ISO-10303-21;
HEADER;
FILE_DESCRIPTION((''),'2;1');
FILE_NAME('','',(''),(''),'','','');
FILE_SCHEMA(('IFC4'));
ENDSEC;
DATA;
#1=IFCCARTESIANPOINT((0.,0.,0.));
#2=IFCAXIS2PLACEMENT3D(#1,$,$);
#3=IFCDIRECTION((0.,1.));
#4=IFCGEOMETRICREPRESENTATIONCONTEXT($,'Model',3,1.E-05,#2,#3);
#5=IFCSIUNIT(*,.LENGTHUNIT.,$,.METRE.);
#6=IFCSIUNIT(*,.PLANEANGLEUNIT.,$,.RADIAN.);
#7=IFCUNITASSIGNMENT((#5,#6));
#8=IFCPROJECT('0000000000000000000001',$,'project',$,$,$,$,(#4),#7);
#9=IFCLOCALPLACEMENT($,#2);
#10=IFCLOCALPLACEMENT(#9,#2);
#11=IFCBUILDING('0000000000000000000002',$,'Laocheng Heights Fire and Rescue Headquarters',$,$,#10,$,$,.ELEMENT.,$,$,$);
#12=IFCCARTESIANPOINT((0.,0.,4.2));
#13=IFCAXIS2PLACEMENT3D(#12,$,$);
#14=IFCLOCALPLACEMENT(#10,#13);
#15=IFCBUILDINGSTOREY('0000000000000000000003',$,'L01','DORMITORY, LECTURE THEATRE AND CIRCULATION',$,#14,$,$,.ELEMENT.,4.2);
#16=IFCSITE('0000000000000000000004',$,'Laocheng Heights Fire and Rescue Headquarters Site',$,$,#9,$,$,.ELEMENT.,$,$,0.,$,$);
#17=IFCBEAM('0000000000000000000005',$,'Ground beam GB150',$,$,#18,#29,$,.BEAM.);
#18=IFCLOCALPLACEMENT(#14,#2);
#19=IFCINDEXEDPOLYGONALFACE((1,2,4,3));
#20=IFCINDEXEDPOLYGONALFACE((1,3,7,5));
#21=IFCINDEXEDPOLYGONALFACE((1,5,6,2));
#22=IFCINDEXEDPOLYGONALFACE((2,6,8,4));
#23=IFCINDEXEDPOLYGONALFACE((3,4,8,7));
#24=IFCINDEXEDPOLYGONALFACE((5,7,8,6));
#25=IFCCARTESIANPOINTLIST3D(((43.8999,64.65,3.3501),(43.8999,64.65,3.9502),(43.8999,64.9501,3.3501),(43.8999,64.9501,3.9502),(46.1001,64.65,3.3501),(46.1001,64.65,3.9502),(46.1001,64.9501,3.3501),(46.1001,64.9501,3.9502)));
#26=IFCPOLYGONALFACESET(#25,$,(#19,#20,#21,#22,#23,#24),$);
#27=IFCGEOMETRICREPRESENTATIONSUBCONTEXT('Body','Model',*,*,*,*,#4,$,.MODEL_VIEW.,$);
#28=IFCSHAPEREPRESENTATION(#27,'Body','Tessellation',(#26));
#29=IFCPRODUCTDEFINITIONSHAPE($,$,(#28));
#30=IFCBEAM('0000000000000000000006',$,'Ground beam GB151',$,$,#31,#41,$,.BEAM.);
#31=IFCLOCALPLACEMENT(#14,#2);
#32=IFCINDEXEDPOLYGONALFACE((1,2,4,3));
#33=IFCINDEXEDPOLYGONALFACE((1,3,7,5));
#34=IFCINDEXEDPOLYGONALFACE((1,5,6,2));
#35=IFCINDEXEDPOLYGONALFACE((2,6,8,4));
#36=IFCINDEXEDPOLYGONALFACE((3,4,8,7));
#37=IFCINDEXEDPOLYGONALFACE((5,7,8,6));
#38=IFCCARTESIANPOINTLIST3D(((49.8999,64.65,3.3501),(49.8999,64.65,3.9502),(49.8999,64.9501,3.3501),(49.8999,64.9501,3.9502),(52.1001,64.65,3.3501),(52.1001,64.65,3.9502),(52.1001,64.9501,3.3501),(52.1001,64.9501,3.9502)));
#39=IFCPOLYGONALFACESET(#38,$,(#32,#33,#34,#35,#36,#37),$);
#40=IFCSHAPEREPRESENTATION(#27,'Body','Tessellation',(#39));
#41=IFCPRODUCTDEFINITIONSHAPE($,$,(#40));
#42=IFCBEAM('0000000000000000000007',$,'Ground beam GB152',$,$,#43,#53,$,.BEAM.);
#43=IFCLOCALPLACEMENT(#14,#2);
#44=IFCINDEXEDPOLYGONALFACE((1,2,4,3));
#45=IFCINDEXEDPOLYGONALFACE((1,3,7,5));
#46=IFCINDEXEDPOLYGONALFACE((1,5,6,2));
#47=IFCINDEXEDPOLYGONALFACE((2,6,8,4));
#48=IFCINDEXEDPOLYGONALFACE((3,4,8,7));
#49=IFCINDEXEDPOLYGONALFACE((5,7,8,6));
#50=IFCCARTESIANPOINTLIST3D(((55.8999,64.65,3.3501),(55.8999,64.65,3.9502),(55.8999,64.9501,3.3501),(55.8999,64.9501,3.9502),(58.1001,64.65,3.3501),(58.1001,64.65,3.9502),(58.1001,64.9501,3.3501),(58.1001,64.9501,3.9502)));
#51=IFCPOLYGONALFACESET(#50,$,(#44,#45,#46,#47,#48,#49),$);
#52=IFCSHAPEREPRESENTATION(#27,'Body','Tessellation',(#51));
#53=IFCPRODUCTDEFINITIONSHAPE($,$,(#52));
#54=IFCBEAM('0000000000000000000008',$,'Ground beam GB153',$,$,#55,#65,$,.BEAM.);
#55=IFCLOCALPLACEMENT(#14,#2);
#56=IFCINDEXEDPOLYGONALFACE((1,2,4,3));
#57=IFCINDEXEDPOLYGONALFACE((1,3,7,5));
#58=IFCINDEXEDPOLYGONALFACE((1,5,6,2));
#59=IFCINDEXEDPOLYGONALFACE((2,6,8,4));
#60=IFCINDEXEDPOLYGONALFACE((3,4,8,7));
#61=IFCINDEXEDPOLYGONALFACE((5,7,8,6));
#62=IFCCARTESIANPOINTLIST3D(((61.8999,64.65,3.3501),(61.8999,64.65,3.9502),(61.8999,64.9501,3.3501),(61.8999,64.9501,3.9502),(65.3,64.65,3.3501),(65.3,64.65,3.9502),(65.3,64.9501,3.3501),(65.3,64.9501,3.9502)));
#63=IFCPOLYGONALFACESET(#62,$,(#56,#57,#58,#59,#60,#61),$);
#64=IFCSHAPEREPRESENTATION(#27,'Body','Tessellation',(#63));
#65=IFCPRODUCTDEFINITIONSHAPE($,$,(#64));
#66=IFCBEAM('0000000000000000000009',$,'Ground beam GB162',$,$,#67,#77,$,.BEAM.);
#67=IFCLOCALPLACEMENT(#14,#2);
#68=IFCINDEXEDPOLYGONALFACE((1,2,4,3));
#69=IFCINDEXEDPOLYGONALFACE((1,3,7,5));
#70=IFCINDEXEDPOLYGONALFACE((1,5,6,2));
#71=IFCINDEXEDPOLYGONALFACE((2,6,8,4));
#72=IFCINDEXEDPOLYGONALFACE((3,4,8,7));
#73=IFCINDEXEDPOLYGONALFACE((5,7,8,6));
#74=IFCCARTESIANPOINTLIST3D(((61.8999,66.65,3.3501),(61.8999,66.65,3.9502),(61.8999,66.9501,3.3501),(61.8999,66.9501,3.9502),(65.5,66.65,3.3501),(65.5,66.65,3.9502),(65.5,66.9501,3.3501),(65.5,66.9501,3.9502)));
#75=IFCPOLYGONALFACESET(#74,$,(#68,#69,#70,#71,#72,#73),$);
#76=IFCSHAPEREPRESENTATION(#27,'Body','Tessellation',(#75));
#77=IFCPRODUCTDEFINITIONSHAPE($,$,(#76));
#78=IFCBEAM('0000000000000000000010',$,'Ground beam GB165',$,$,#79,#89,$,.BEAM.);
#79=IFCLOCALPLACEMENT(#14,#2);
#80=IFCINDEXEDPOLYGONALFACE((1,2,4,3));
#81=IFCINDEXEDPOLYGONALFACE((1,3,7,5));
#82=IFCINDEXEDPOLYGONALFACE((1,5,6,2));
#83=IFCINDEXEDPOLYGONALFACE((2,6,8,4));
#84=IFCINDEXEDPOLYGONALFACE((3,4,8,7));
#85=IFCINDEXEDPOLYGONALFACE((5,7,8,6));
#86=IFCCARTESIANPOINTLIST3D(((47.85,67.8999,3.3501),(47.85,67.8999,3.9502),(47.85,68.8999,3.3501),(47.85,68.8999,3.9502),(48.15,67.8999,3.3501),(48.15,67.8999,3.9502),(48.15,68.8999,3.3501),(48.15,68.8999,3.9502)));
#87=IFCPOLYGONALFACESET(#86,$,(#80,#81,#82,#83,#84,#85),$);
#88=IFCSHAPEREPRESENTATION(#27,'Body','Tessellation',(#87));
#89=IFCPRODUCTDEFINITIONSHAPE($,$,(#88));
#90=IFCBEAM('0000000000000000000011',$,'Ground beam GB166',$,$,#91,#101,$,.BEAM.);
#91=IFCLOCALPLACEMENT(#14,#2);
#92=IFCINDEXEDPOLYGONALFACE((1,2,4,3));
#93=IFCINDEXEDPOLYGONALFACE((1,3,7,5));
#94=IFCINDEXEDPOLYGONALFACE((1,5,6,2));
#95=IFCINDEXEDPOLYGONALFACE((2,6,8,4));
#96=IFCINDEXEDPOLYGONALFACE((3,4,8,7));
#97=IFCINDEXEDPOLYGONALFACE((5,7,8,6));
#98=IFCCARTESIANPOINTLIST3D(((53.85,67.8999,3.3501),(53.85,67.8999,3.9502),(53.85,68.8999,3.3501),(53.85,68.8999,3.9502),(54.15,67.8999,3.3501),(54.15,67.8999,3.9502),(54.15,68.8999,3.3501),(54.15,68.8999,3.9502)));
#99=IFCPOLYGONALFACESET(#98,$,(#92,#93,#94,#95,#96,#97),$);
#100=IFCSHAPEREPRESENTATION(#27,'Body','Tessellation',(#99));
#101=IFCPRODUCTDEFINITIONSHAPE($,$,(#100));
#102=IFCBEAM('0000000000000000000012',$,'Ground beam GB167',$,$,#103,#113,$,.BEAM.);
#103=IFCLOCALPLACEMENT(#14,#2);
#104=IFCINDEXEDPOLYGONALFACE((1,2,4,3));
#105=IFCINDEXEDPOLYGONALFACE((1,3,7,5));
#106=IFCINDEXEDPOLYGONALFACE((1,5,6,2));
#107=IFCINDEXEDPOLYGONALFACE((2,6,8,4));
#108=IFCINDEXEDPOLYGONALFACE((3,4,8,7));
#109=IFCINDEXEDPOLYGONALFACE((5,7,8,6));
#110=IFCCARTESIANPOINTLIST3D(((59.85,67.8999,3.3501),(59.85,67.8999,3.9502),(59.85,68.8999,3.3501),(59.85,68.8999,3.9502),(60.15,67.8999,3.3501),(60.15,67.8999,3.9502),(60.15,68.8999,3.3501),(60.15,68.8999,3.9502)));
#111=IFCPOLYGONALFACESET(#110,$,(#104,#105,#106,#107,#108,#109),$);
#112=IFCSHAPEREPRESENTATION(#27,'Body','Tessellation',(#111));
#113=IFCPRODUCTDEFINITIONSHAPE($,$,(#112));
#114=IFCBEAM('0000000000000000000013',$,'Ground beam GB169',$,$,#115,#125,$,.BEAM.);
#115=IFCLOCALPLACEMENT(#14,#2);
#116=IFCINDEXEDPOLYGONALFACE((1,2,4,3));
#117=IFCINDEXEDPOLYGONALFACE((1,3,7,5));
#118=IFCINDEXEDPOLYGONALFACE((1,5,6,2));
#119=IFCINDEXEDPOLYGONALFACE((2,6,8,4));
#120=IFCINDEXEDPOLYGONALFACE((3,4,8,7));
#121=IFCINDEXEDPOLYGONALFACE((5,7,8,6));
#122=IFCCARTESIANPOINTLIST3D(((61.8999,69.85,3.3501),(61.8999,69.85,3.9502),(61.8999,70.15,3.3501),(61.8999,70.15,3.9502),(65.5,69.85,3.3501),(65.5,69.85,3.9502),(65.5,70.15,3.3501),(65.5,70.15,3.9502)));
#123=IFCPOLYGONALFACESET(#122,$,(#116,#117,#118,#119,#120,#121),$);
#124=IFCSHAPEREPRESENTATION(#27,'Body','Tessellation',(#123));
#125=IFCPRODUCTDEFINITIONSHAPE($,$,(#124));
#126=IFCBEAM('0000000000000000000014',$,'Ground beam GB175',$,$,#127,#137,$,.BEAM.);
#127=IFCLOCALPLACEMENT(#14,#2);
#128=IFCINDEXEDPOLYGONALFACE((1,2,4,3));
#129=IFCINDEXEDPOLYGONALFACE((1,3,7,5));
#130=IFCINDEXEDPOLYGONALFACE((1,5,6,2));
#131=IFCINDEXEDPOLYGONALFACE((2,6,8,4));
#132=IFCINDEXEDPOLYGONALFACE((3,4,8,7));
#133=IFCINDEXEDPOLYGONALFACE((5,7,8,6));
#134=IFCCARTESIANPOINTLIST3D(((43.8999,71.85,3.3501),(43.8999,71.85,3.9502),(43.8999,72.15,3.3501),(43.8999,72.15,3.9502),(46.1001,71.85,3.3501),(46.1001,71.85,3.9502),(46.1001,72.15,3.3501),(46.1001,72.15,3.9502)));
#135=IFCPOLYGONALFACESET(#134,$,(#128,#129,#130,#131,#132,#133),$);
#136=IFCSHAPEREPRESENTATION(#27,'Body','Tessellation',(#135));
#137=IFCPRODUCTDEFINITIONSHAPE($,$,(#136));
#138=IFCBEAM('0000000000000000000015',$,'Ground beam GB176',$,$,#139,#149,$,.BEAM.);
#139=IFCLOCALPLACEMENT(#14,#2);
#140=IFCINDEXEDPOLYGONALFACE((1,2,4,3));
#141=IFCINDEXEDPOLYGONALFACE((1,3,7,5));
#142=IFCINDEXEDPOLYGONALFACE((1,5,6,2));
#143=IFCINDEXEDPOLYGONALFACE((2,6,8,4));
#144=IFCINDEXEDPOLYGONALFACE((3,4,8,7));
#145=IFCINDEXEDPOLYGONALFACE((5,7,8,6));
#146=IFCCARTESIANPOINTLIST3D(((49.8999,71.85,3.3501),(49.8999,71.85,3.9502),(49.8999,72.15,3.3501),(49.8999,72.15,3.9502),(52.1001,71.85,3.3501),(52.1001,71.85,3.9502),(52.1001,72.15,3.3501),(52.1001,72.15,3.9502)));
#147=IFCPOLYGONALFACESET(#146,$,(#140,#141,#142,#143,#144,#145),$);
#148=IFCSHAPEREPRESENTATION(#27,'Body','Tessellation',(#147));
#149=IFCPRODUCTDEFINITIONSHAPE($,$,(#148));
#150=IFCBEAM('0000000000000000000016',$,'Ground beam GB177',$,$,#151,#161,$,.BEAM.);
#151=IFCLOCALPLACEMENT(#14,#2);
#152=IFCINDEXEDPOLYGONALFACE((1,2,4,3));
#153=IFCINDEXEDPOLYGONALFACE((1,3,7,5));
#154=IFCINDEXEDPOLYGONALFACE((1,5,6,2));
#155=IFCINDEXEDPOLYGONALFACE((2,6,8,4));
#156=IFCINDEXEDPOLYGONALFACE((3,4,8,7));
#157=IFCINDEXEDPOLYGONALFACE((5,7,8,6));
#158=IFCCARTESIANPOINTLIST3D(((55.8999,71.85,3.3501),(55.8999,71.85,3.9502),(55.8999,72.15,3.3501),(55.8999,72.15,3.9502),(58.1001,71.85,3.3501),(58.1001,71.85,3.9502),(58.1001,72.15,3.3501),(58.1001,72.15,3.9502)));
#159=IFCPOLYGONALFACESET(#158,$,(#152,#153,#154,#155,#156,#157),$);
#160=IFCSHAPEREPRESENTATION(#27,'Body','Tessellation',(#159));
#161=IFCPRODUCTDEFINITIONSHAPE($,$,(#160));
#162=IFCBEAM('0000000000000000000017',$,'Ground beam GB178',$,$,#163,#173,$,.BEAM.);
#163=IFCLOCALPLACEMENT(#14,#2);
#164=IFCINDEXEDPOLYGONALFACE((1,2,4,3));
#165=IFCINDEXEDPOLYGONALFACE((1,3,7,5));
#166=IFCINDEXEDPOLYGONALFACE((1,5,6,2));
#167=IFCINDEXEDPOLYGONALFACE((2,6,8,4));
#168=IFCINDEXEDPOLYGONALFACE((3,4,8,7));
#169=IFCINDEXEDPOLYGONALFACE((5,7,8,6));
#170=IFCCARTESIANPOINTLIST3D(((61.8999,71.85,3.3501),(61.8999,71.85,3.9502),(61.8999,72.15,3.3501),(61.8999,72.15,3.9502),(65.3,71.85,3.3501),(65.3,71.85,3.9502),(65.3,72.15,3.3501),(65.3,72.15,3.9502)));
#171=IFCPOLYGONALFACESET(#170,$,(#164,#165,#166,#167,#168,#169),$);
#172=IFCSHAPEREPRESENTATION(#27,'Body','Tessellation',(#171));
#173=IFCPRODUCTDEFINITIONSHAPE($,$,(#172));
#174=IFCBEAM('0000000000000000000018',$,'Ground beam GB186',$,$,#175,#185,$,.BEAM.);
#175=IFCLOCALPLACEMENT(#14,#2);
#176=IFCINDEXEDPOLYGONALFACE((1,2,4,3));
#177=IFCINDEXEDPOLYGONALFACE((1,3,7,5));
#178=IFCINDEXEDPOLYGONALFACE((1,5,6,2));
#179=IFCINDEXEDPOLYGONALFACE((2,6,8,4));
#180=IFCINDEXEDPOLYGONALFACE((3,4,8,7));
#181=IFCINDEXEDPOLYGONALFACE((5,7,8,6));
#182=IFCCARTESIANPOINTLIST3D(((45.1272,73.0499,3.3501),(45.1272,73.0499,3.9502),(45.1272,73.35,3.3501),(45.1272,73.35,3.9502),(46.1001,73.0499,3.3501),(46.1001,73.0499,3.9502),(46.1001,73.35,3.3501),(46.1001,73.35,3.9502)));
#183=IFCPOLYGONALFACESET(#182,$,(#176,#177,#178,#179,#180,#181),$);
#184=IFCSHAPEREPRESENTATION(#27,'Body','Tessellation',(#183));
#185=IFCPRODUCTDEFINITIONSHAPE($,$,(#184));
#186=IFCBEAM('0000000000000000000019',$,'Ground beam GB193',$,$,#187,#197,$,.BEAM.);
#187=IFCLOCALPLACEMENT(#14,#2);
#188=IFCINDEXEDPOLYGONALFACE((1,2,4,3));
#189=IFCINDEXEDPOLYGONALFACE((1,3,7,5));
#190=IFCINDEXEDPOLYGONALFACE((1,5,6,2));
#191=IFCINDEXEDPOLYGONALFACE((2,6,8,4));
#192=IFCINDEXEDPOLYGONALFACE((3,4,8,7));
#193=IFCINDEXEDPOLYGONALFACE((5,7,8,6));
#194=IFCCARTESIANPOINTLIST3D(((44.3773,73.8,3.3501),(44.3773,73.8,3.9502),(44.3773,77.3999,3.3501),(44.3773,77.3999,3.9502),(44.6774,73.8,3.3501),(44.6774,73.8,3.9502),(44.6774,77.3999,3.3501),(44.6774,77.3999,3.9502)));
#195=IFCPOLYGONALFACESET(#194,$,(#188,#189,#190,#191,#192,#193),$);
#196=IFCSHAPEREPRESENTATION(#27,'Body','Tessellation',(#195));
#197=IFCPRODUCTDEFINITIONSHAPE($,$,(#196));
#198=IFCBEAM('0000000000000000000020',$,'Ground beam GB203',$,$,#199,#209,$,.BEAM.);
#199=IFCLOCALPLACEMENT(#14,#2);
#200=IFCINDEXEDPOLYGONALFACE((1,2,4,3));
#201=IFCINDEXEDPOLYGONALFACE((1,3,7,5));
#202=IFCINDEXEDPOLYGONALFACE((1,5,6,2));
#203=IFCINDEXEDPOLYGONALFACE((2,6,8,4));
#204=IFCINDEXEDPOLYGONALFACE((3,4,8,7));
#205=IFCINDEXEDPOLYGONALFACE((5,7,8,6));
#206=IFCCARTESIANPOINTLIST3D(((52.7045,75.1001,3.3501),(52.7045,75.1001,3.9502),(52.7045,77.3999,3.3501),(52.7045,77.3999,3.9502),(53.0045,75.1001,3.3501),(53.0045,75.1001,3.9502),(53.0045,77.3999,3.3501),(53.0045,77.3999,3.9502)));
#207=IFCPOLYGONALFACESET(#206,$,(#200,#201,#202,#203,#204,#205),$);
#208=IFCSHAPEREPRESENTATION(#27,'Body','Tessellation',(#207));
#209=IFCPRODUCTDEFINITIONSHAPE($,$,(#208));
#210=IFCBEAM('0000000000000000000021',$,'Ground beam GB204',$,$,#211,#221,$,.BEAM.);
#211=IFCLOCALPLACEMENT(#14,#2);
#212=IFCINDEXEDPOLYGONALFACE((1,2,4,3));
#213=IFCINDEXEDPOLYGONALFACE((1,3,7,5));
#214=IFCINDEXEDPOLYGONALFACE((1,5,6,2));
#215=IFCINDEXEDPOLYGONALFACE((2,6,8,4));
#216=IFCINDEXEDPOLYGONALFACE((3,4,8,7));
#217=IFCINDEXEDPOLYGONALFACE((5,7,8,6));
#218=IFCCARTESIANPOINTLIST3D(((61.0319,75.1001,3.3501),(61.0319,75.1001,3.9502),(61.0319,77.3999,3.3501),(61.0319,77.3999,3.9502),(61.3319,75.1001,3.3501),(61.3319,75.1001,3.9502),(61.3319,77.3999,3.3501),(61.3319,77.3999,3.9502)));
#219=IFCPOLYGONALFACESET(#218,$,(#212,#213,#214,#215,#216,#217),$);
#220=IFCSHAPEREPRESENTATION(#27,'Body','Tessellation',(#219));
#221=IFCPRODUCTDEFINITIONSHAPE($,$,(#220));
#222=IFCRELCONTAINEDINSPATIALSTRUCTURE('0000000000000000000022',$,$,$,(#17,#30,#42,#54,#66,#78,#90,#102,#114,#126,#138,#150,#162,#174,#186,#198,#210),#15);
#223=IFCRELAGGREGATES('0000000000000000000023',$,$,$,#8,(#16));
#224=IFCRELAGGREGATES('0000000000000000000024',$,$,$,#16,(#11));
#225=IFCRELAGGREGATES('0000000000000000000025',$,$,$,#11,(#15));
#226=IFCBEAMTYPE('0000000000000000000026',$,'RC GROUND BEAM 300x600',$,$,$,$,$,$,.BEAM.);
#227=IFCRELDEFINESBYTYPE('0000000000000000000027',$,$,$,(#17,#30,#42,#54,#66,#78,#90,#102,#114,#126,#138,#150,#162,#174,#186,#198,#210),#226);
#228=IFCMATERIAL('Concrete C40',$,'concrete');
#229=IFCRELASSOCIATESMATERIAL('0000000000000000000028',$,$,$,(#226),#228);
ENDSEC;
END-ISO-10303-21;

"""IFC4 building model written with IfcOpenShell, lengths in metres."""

from ifc_helpers import new_model, si_unit, direction, frame, origin, origin_2d, place, context, subcontext, project, spatial, rectangle, extrude, material, material_profile, profile_set, type_object, element, save


model = new_model("IFC4")

# Units and contexts
model_context = context("Model", 3, precision=1e-05, world=origin(), true_north=direction((0.0, 1.0)))
body_context = subcontext(model_context, "Body", "Model", "MODEL_VIEW")
ifc_project = project(units=[si_unit("LENGTHUNIT", "METRE"), si_unit("PLANEANGLEUNIT", "RADIAN")], contexts=[model_context])

# Site, building, storey
site_placement = place(None, origin())
site = spatial("IfcSite", under=ifc_project, at=site_placement, Name="Laocheng Heights Fire and Rescue Headquarters Site", CompositionType="ELEMENT", RefElevation=0.0)
building_placement = place(site_placement, origin())
building = spatial("IfcBuilding", under=site, at=building_placement, Name="Laocheng Heights Fire and Rescue Headquarters", CompositionType="ELEMENT")
storey_placement = place(building_placement, frame((0.0, 0.0, 4.2)))
storey = spatial("IfcBuildingStorey", under=building, at=storey_placement, Name="L01", Description="DORMITORY, LECTURE THEATRE AND CIRCULATION", CompositionType="ELEMENT", Elevation=4.2)

# Beams
ifc_material_1 = material(Name="Concrete C40", Category="concrete")
ifc_material_profile_1 = material_profile(ifc_material_1, rectangle(XDim=0.3, YDim=0.6001, at=origin_2d()), Name="RC GROUND BEAM 300x600")
ifc_profile_set_1 = profile_set([ifc_material_profile_1], Name="Concrete C40")
beam_type_1 = type_object("IfcBeamType", Name="RC GROUND BEAM 300x600", PredefinedType="BEAM", material=ifc_profile_set_1)
for number, where, z_axis, x_axis, name in (
    (1, (43.8999, 64.8, 3.6501), (1.0, 0.0, 0.0), (0.0, 1.0, 0.0), "Ground beam GB150"),
    (2, (49.8999, 64.8, 3.6501), (1.0, 0.0, 0.0), (0.0, 1.0, 0.0), "Ground beam GB151"),
    (3, (55.8999, 64.8, 3.6501), (1.0, 0.0, 0.0), (0.0, 1.0, 0.0), "Ground beam GB152"),
):
    element("IfcBeam", number, at=place(storey_placement, frame(where, z_axis=z_axis, x_axis=x_axis)), inside=storey, type_object=beam_type_1, Name=name, PredefinedType="BEAM", context=body_context, shape_type="SweptSolid", body=[
        extrude(rectangle(XDim=0.3, YDim=0.6001, at=origin_2d()), origin(), (0.0, 0.0, 1.0), 2.2002),
    ])
beam_1_placement = place(storey_placement, frame((61.8999, 64.8, 3.6501), z_axis=(1.0, 0.0, 0.0), x_axis=(0.0, 1.0, 0.0)))
element("IfcBeam", 4, at=beam_1_placement, inside=storey, type_object=beam_type_1, Name="Ground beam GB153", PredefinedType="BEAM", context=body_context, shape_type="SweptSolid", body=[
    extrude(rectangle(XDim=0.3, YDim=0.6001, at=origin_2d()), origin(), (0.0, 0.0, 1.0), 3.4001),
])
beam_2_placement = place(storey_placement, frame((61.8999, 66.8, 3.6501), z_axis=(1.0, 0.0, 0.0), x_axis=(0.0, 1.0, 0.0)))
element("IfcBeam", 5, at=beam_2_placement, inside=storey, type_object=beam_type_1, Name="Ground beam GB162", PredefinedType="BEAM", context=body_context, shape_type="SweptSolid", body=[
    extrude(rectangle(XDim=0.3, YDim=0.6001, at=origin_2d()), origin(), (0.0, 0.0, 1.0), 3.6001),
])
for number, where, z_axis, x_axis, name in (
    (6, (48.0, 67.8999, 3.6501), (0.0, 1.0, 0.0), (-1.0, 0.0, 0.0), "Ground beam GB165"),
    (7, (54.0, 67.8999, 3.6501), (0.0, 1.0, 0.0), (-1.0, 0.0, 0.0), "Ground beam GB166"),
    (8, (60.0, 67.8999, 3.6501), (0.0, 1.0, 0.0), (-1.0, 0.0, 0.0), "Ground beam GB167"),
):
    element("IfcBeam", number, at=place(storey_placement, frame(where, z_axis=z_axis, x_axis=x_axis)), inside=storey, type_object=beam_type_1, Name=name, PredefinedType="BEAM", context=body_context, shape_type="SweptSolid", body=[
        extrude(rectangle(XDim=0.3, YDim=0.6001, at=origin_2d()), origin(), (0.0, 0.0, 1.0), 1.0),
    ])
beam_3_placement = place(storey_placement, frame((61.8999, 70.0, 3.6501), z_axis=(1.0, 0.0, 0.0), x_axis=(0.0, 1.0, 0.0)))
element("IfcBeam", 9, at=beam_3_placement, inside=storey, type_object=beam_type_1, Name="Ground beam GB169", PredefinedType="BEAM", context=body_context, shape_type="SweptSolid", body=[
    extrude(rectangle(XDim=0.3, YDim=0.6001, at=origin_2d()), origin(), (0.0, 0.0, 1.0), 3.6001),
])
for number, where, z_axis, x_axis, name in (
    (10, (43.8999, 72.0, 3.6501), (1.0, 0.0, 0.0), (0.0, 1.0, 0.0), "Ground beam GB175"),
    (11, (49.8999, 72.0, 3.6501), (1.0, 0.0, 0.0), (0.0, 1.0, 0.0), "Ground beam GB176"),
    (12, (55.8999, 72.0, 3.6501), (1.0, 0.0, 0.0), (0.0, 1.0, 0.0), "Ground beam GB177"),
):
    element("IfcBeam", number, at=place(storey_placement, frame(where, z_axis=z_axis, x_axis=x_axis)), inside=storey, type_object=beam_type_1, Name=name, PredefinedType="BEAM", context=body_context, shape_type="SweptSolid", body=[
        extrude(rectangle(XDim=0.3, YDim=0.6001, at=origin_2d()), origin(), (0.0, 0.0, 1.0), 2.2002),
    ])
beam_4_placement = place(storey_placement, frame((61.8999, 72.0, 3.6501), z_axis=(1.0, 0.0, 0.0), x_axis=(0.0, 1.0, 0.0)))
element("IfcBeam", 13, at=beam_4_placement, inside=storey, type_object=beam_type_1, Name="Ground beam GB178", PredefinedType="BEAM", context=body_context, shape_type="SweptSolid", body=[
    extrude(rectangle(XDim=0.3, YDim=0.6001, at=origin_2d()), origin(), (0.0, 0.0, 1.0), 3.4001),
])
beam_5_placement = place(storey_placement, frame((45.1272, 73.2, 3.6501), z_axis=(1.0, 0.0, 0.0), x_axis=(0.0, 1.0, 0.0)))
element("IfcBeam", 14, at=beam_5_placement, inside=storey, type_object=beam_type_1, Name="Ground beam GB186", PredefinedType="BEAM", context=body_context, shape_type="SweptSolid", body=[
    extrude(rectangle(XDim=0.3, YDim=0.6001, at=origin_2d()), origin(), (0.0, 0.0, 1.0), 0.9729),
])
beam_6_placement = place(storey_placement, frame((44.5273, 73.8, 3.6501), z_axis=(0.0, 1.0, 0.0), x_axis=(-1.0, 0.0, 0.0)))
element("IfcBeam", 15, at=beam_6_placement, inside=storey, type_object=beam_type_1, Name="Ground beam GB193", PredefinedType="BEAM", context=body_context, shape_type="SweptSolid", body=[
    extrude(rectangle(XDim=0.3, YDim=0.6001, at=origin_2d()), origin(), (0.0, 0.0, 1.0), 3.5999),
])
for number, where, z_axis, x_axis, name in (
    (16, (52.8545, 75.1001, 3.6501), (0.0, 1.0, 0.0), (-1.0, 0.0, 0.0), "Ground beam GB203"),
    (17, (61.1819, 75.1001, 3.6501), (0.0, 1.0, 0.0), (-1.0, 0.0, 0.0), "Ground beam GB204"),
):
    element("IfcBeam", number, at=place(storey_placement, frame(where, z_axis=z_axis, x_axis=x_axis)), inside=storey, type_object=beam_type_1, Name=name, PredefinedType="BEAM", context=body_context, shape_type="SweptSolid", body=[
        extrude(rectangle(XDim=0.3, YDim=0.6001, at=origin_2d()), origin(), (0.0, 0.0, 1.0), 2.2998),
    ])

save(model, "model.ifc")
